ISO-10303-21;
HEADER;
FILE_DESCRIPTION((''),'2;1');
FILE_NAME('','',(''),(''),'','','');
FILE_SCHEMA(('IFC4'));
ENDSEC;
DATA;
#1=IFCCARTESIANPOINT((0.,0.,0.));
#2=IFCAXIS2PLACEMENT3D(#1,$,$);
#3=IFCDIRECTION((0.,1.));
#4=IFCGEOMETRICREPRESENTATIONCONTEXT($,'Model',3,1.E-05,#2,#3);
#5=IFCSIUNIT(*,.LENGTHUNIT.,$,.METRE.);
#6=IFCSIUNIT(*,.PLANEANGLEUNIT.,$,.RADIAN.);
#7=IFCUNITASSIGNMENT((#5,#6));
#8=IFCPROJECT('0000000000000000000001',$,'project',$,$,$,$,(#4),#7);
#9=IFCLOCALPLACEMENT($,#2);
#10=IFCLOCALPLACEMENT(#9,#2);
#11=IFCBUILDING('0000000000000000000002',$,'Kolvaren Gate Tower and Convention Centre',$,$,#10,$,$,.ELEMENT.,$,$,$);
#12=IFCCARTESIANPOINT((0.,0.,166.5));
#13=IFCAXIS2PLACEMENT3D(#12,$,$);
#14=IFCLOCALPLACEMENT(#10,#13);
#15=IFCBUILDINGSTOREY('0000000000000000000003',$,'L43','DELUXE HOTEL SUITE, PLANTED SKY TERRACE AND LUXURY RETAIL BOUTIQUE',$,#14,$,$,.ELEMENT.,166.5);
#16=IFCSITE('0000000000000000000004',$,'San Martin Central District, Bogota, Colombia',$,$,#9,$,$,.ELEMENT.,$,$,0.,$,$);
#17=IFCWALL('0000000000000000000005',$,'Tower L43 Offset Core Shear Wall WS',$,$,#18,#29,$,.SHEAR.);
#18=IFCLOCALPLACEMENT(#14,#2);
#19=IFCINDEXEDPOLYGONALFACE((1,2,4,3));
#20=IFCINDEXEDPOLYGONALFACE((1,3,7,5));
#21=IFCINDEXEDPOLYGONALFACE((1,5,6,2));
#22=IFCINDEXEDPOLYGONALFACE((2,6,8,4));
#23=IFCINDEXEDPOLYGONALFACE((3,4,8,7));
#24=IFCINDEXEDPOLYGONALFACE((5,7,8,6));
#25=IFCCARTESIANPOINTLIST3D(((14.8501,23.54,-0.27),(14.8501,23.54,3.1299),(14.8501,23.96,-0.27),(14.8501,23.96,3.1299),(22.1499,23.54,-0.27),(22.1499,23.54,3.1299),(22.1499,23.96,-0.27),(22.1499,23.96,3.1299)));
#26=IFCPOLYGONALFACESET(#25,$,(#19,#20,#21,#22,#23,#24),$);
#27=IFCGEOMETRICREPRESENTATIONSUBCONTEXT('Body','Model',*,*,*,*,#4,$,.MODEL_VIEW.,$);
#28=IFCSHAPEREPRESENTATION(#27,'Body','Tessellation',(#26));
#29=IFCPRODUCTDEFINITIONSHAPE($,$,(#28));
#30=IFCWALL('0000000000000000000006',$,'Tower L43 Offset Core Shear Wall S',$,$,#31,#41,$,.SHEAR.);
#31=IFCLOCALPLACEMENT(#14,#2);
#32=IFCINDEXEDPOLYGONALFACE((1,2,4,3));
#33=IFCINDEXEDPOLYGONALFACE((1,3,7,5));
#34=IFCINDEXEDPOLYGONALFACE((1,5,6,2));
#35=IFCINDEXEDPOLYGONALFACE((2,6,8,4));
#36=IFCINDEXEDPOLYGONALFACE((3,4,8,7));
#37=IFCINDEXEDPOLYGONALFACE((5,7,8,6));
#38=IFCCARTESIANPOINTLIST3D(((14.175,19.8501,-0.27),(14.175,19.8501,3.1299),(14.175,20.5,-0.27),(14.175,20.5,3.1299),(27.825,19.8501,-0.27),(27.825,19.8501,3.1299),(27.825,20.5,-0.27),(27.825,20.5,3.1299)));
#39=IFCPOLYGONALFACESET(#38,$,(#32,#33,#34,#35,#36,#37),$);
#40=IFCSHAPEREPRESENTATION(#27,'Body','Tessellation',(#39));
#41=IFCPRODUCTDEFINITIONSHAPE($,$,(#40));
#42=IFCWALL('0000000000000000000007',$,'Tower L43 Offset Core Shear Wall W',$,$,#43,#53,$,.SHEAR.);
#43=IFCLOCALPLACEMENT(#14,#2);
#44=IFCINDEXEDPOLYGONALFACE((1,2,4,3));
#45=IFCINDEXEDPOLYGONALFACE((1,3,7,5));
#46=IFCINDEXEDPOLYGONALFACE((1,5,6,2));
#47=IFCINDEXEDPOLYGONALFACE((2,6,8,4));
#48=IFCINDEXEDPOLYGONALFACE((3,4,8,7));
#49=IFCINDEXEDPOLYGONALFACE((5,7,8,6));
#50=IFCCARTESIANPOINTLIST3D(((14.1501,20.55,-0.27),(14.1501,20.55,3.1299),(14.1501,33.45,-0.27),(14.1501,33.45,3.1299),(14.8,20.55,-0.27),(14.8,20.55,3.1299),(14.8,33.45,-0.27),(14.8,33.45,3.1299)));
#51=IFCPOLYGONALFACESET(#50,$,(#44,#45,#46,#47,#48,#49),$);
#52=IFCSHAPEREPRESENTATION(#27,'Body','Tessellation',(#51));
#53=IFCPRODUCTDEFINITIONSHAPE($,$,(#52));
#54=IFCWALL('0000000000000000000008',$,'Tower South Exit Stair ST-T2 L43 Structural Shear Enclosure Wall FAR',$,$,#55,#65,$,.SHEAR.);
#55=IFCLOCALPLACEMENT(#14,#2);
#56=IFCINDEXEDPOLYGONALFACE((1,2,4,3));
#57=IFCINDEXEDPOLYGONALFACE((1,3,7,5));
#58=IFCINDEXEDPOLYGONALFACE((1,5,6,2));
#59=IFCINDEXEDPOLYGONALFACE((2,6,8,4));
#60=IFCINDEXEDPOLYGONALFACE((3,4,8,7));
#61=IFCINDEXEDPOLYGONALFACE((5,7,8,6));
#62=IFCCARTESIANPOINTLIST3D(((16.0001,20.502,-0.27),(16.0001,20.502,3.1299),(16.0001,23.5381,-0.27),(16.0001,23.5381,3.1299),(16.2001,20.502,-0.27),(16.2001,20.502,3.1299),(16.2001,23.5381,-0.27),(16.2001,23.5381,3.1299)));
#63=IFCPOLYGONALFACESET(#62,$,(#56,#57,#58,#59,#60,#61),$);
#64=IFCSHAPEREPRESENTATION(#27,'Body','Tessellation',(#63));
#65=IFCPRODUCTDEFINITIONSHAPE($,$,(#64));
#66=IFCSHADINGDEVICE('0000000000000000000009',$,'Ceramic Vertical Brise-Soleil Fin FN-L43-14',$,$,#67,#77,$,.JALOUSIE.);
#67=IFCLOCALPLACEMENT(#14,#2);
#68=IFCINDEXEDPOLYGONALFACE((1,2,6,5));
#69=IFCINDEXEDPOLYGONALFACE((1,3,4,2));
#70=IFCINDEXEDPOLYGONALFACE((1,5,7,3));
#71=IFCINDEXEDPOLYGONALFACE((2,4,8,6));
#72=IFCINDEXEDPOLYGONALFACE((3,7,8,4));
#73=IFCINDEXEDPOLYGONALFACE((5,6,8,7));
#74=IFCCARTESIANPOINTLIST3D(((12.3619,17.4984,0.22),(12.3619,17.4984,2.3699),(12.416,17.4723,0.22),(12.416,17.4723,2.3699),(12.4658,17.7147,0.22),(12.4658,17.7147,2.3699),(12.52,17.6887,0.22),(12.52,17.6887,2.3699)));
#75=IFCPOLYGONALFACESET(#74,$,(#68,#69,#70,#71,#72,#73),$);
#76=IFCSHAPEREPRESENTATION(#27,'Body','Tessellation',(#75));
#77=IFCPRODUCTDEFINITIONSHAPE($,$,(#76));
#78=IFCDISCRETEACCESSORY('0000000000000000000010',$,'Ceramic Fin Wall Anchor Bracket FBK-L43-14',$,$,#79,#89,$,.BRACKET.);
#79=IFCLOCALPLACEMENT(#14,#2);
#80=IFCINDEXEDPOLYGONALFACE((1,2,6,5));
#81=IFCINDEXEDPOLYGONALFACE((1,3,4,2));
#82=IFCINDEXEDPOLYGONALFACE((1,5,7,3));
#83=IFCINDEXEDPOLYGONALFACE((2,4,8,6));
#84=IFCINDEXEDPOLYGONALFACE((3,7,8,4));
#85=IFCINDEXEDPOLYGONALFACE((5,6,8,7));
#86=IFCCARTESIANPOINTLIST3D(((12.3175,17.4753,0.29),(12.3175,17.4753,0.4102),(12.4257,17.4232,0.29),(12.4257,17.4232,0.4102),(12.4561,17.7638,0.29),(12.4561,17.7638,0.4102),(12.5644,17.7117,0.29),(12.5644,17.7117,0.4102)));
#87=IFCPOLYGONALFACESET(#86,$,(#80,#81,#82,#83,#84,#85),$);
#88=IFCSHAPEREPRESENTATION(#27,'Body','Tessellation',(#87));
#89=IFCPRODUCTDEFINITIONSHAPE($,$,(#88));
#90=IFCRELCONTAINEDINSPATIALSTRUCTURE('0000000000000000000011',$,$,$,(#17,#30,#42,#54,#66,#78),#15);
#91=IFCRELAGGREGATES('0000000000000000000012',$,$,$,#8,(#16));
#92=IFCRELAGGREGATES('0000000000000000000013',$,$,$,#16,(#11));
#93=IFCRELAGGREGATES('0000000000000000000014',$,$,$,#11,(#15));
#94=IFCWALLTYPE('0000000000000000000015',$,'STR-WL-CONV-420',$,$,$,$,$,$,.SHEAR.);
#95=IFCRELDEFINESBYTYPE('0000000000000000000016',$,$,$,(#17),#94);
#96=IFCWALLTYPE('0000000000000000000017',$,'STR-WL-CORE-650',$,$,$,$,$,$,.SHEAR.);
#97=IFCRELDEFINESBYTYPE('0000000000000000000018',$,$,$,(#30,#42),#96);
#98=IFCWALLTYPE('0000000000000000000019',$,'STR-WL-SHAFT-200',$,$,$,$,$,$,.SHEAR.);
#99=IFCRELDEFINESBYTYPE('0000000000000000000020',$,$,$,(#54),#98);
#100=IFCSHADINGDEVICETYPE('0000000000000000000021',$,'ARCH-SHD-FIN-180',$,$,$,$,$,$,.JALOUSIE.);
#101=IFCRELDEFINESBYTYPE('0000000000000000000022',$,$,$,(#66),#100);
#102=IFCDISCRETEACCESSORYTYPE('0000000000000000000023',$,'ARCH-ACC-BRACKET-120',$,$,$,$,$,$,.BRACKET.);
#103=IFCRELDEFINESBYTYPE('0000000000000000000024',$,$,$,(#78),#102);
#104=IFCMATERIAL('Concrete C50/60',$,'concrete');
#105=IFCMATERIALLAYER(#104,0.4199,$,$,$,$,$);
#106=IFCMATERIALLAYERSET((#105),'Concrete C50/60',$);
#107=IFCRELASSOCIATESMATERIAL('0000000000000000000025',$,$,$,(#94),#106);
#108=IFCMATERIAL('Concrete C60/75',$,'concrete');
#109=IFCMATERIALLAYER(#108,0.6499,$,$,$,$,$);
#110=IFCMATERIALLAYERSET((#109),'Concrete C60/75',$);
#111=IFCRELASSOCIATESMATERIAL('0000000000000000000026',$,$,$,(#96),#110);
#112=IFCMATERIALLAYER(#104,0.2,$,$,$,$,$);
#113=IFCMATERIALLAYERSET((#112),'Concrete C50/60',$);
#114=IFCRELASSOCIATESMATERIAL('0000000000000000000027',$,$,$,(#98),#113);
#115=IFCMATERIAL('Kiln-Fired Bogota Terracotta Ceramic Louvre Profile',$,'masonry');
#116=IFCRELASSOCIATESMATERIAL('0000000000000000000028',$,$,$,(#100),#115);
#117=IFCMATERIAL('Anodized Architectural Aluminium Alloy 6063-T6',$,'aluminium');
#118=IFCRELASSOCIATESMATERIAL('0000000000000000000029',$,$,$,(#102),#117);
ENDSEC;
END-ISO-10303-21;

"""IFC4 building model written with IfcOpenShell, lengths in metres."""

from ifc_helpers import new_model, si_unit, direction, frame, frame_2d, origin, origin_2d, place, context, subcontext, project, spatial, rectangle, extrude, material, layer, layer_set, type_object, element, save


model = new_model("IFC4")

# Units and contexts
model_context = context("Model", 3, precision=1e-05, world=origin(), true_north=direction((0.0, 1.0)))
body_context = subcontext(model_context, "Body", "Model", "MODEL_VIEW")
ifc_project = project(units=[si_unit("LENGTHUNIT", "METRE"), si_unit("PLANEANGLEUNIT", "RADIAN")], contexts=[model_context])

# Site, building, storey
site_placement = place(None, origin())
site = spatial("IfcSite", under=ifc_project, at=site_placement, Name="San Martin Central District, Bogota, Colombia", CompositionType="ELEMENT", RefElevation=0.0)
building_placement = place(site_placement, origin())
building = spatial("IfcBuilding", under=site, at=building_placement, Name="Kolvaren Gate Tower and Convention Centre", CompositionType="ELEMENT")
storey_placement = place(building_placement, frame((0.0, 0.0, 166.5)))
storey = spatial("IfcBuildingStorey", under=building, at=storey_placement, Name="L43", Description="DELUXE HOTEL SUITE, PLANTED SKY TERRACE AND LUXURY RETAIL BOUTIQUE", CompositionType="ELEMENT", Elevation=166.5)

# Shared definitions
ifc_material_1 = material(Name="Concrete C60/75", Category="concrete")

# Walls
ifc_material_2 = material(Name="Concrete C50/60", Category="concrete")
ifc_layer_1 = layer(ifc_material_2, 0.4199)
ifc_layer_set_1 = layer_set([ifc_layer_1], Name="Concrete C50/60")
wall_type_1 = type_object("IfcWallType", Name="STR-WL-CONV-420", PredefinedType="SHEAR", material=ifc_layer_set_1)
wall_1_placement = place(storey_placement, frame((14.8501, 23.75, -0.27), z_axis=(0.0, 0.0, 1.0), x_axis=(1.0, 0.0, 0.0)))
element("IfcWall", 1, at=wall_1_placement, inside=storey, type_object=wall_type_1, Name="Tower L43 Offset Core Shear Wall WS", PredefinedType="SHEAR", context=body_context, shape_type="SweptSolid", body=[
    extrude(rectangle(XDim=7.2998, YDim=0.4199, at=frame_2d((3.6499, 0.0))), origin(), (0.0, 0.0, 1.0), 3.3999),
])
ifc_layer_2 = layer(ifc_material_1, 0.6499)
ifc_layer_set_2 = layer_set([ifc_layer_2], Name="Concrete C60/75")
wall_type_2 = type_object("IfcWallType", Name="STR-WL-CORE-650", PredefinedType="SHEAR", material=ifc_layer_set_2)
wall_2_placement = place(storey_placement, frame((14.175, 20.175, -0.27), z_axis=(0.0, 0.0, 1.0), x_axis=(1.0, 0.0, 0.0)))
element("IfcWall", 2, at=wall_2_placement, inside=storey, type_object=wall_type_2, Name="Tower L43 Offset Core Shear Wall S", PredefinedType="SHEAR", context=body_context, shape_type="SweptSolid", body=[
    extrude(rectangle(XDim=13.6499, YDim=0.6499, at=frame_2d((6.825, 0.0))), origin(), (0.0, 0.0, 1.0), 3.3999),
])
wall_3_placement = place(storey_placement, frame((14.4751, 20.55, -0.27), z_axis=(0.0, 0.0, 1.0), x_axis=(0.0, 1.0, 0.0)))
element("IfcWall", 3, at=wall_3_placement, inside=storey, type_object=wall_type_2, Name="Tower L43 Offset Core Shear Wall W", PredefinedType="SHEAR", context=body_context, shape_type="SweptSolid", body=[
    extrude(rectangle(XDim=12.8999, YDim=0.6499, at=frame_2d((6.45, 0.0))), origin(), (0.0, 0.0, 1.0), 3.3999),
])
ifc_layer_3 = layer(ifc_material_2, 0.2)
ifc_layer_set_3 = layer_set([ifc_layer_3], Name="Concrete C50/60")
wall_type_3 = type_object("IfcWallType", Name="STR-WL-SHAFT-200", PredefinedType="SHEAR", material=ifc_layer_set_3)
wall_4_placement = place(storey_placement, frame((16.1001, 20.502, -0.27), z_axis=(0.0, 0.0, 1.0), x_axis=(0.0, 1.0, 0.0)))
element("IfcWall", 4, at=wall_4_placement, inside=storey, type_object=wall_type_3, Name="Tower South Exit Stair ST-T2 L43 Structural Shear Enclosure Wall FAR", PredefinedType="SHEAR", context=body_context, shape_type="SweptSolid", body=[
    extrude(rectangle(XDim=3.0361, YDim=0.2, at=frame_2d((1.5181, 0.0))), origin(), (0.0, 0.0, 1.0), 3.3999),
])

# Shading device
ifc_material_3 = material(Name="Kiln-Fired Bogota Terracotta Ceramic Louvre Profile", Category="masonry")
shading_device_type = type_object("IfcShadingDeviceType", Name="ARCH-SHD-FIN-180", PredefinedType="JALOUSIE", material=ifc_material_3)
shading_device_placement = place(storey_placement, frame((12.4409, 17.5935, 0.22), z_axis=(0.0, 0.0, 1.0), x_axis=(0.901358, -0.433074, 0.0)))
element("IfcShadingDevice", 5, at=shading_device_placement, inside=storey, type_object=shading_device_type, Name="Ceramic Vertical Brise-Soleil Fin FN-L43-14", PredefinedType="JALOUSIE", context=body_context, shape_type="SweptSolid", body=[
    extrude(rectangle(XDim=0.0601, YDim=0.24, at=origin_2d()), origin(), (0.0, 0.0, 1.0), 2.1499),
])

# Discrete accessory
ifc_material_4 = material(Name="Anodized Architectural Aluminium Alloy 6063-T6", Category="aluminium")
discrete_accessory_type = type_object("IfcDiscreteAccessoryType", Name="ARCH-ACC-BRACKET-120", PredefinedType="BRACKET", material=ifc_material_4)
discrete_accessory_placement = place(storey_placement, frame((12.4409, 17.5935, 0.29), z_axis=(0.0, 0.0, 1.0), x_axis=(0.901358, -0.433074, 0.0)))
element("IfcDiscreteAccessory", 6, at=discrete_accessory_placement, inside=storey, type_object=discrete_accessory_type, Name="Ceramic Fin Wall Anchor Bracket FBK-L43-14", PredefinedType="BRACKET", context=body_context, shape_type="SweptSolid", body=[
    extrude(rectangle(XDim=0.1201, YDim=0.3201, at=origin_2d()), origin(), (0.0, 0.0, 1.0), 0.1201),
])

save(model, "model.ifc")
